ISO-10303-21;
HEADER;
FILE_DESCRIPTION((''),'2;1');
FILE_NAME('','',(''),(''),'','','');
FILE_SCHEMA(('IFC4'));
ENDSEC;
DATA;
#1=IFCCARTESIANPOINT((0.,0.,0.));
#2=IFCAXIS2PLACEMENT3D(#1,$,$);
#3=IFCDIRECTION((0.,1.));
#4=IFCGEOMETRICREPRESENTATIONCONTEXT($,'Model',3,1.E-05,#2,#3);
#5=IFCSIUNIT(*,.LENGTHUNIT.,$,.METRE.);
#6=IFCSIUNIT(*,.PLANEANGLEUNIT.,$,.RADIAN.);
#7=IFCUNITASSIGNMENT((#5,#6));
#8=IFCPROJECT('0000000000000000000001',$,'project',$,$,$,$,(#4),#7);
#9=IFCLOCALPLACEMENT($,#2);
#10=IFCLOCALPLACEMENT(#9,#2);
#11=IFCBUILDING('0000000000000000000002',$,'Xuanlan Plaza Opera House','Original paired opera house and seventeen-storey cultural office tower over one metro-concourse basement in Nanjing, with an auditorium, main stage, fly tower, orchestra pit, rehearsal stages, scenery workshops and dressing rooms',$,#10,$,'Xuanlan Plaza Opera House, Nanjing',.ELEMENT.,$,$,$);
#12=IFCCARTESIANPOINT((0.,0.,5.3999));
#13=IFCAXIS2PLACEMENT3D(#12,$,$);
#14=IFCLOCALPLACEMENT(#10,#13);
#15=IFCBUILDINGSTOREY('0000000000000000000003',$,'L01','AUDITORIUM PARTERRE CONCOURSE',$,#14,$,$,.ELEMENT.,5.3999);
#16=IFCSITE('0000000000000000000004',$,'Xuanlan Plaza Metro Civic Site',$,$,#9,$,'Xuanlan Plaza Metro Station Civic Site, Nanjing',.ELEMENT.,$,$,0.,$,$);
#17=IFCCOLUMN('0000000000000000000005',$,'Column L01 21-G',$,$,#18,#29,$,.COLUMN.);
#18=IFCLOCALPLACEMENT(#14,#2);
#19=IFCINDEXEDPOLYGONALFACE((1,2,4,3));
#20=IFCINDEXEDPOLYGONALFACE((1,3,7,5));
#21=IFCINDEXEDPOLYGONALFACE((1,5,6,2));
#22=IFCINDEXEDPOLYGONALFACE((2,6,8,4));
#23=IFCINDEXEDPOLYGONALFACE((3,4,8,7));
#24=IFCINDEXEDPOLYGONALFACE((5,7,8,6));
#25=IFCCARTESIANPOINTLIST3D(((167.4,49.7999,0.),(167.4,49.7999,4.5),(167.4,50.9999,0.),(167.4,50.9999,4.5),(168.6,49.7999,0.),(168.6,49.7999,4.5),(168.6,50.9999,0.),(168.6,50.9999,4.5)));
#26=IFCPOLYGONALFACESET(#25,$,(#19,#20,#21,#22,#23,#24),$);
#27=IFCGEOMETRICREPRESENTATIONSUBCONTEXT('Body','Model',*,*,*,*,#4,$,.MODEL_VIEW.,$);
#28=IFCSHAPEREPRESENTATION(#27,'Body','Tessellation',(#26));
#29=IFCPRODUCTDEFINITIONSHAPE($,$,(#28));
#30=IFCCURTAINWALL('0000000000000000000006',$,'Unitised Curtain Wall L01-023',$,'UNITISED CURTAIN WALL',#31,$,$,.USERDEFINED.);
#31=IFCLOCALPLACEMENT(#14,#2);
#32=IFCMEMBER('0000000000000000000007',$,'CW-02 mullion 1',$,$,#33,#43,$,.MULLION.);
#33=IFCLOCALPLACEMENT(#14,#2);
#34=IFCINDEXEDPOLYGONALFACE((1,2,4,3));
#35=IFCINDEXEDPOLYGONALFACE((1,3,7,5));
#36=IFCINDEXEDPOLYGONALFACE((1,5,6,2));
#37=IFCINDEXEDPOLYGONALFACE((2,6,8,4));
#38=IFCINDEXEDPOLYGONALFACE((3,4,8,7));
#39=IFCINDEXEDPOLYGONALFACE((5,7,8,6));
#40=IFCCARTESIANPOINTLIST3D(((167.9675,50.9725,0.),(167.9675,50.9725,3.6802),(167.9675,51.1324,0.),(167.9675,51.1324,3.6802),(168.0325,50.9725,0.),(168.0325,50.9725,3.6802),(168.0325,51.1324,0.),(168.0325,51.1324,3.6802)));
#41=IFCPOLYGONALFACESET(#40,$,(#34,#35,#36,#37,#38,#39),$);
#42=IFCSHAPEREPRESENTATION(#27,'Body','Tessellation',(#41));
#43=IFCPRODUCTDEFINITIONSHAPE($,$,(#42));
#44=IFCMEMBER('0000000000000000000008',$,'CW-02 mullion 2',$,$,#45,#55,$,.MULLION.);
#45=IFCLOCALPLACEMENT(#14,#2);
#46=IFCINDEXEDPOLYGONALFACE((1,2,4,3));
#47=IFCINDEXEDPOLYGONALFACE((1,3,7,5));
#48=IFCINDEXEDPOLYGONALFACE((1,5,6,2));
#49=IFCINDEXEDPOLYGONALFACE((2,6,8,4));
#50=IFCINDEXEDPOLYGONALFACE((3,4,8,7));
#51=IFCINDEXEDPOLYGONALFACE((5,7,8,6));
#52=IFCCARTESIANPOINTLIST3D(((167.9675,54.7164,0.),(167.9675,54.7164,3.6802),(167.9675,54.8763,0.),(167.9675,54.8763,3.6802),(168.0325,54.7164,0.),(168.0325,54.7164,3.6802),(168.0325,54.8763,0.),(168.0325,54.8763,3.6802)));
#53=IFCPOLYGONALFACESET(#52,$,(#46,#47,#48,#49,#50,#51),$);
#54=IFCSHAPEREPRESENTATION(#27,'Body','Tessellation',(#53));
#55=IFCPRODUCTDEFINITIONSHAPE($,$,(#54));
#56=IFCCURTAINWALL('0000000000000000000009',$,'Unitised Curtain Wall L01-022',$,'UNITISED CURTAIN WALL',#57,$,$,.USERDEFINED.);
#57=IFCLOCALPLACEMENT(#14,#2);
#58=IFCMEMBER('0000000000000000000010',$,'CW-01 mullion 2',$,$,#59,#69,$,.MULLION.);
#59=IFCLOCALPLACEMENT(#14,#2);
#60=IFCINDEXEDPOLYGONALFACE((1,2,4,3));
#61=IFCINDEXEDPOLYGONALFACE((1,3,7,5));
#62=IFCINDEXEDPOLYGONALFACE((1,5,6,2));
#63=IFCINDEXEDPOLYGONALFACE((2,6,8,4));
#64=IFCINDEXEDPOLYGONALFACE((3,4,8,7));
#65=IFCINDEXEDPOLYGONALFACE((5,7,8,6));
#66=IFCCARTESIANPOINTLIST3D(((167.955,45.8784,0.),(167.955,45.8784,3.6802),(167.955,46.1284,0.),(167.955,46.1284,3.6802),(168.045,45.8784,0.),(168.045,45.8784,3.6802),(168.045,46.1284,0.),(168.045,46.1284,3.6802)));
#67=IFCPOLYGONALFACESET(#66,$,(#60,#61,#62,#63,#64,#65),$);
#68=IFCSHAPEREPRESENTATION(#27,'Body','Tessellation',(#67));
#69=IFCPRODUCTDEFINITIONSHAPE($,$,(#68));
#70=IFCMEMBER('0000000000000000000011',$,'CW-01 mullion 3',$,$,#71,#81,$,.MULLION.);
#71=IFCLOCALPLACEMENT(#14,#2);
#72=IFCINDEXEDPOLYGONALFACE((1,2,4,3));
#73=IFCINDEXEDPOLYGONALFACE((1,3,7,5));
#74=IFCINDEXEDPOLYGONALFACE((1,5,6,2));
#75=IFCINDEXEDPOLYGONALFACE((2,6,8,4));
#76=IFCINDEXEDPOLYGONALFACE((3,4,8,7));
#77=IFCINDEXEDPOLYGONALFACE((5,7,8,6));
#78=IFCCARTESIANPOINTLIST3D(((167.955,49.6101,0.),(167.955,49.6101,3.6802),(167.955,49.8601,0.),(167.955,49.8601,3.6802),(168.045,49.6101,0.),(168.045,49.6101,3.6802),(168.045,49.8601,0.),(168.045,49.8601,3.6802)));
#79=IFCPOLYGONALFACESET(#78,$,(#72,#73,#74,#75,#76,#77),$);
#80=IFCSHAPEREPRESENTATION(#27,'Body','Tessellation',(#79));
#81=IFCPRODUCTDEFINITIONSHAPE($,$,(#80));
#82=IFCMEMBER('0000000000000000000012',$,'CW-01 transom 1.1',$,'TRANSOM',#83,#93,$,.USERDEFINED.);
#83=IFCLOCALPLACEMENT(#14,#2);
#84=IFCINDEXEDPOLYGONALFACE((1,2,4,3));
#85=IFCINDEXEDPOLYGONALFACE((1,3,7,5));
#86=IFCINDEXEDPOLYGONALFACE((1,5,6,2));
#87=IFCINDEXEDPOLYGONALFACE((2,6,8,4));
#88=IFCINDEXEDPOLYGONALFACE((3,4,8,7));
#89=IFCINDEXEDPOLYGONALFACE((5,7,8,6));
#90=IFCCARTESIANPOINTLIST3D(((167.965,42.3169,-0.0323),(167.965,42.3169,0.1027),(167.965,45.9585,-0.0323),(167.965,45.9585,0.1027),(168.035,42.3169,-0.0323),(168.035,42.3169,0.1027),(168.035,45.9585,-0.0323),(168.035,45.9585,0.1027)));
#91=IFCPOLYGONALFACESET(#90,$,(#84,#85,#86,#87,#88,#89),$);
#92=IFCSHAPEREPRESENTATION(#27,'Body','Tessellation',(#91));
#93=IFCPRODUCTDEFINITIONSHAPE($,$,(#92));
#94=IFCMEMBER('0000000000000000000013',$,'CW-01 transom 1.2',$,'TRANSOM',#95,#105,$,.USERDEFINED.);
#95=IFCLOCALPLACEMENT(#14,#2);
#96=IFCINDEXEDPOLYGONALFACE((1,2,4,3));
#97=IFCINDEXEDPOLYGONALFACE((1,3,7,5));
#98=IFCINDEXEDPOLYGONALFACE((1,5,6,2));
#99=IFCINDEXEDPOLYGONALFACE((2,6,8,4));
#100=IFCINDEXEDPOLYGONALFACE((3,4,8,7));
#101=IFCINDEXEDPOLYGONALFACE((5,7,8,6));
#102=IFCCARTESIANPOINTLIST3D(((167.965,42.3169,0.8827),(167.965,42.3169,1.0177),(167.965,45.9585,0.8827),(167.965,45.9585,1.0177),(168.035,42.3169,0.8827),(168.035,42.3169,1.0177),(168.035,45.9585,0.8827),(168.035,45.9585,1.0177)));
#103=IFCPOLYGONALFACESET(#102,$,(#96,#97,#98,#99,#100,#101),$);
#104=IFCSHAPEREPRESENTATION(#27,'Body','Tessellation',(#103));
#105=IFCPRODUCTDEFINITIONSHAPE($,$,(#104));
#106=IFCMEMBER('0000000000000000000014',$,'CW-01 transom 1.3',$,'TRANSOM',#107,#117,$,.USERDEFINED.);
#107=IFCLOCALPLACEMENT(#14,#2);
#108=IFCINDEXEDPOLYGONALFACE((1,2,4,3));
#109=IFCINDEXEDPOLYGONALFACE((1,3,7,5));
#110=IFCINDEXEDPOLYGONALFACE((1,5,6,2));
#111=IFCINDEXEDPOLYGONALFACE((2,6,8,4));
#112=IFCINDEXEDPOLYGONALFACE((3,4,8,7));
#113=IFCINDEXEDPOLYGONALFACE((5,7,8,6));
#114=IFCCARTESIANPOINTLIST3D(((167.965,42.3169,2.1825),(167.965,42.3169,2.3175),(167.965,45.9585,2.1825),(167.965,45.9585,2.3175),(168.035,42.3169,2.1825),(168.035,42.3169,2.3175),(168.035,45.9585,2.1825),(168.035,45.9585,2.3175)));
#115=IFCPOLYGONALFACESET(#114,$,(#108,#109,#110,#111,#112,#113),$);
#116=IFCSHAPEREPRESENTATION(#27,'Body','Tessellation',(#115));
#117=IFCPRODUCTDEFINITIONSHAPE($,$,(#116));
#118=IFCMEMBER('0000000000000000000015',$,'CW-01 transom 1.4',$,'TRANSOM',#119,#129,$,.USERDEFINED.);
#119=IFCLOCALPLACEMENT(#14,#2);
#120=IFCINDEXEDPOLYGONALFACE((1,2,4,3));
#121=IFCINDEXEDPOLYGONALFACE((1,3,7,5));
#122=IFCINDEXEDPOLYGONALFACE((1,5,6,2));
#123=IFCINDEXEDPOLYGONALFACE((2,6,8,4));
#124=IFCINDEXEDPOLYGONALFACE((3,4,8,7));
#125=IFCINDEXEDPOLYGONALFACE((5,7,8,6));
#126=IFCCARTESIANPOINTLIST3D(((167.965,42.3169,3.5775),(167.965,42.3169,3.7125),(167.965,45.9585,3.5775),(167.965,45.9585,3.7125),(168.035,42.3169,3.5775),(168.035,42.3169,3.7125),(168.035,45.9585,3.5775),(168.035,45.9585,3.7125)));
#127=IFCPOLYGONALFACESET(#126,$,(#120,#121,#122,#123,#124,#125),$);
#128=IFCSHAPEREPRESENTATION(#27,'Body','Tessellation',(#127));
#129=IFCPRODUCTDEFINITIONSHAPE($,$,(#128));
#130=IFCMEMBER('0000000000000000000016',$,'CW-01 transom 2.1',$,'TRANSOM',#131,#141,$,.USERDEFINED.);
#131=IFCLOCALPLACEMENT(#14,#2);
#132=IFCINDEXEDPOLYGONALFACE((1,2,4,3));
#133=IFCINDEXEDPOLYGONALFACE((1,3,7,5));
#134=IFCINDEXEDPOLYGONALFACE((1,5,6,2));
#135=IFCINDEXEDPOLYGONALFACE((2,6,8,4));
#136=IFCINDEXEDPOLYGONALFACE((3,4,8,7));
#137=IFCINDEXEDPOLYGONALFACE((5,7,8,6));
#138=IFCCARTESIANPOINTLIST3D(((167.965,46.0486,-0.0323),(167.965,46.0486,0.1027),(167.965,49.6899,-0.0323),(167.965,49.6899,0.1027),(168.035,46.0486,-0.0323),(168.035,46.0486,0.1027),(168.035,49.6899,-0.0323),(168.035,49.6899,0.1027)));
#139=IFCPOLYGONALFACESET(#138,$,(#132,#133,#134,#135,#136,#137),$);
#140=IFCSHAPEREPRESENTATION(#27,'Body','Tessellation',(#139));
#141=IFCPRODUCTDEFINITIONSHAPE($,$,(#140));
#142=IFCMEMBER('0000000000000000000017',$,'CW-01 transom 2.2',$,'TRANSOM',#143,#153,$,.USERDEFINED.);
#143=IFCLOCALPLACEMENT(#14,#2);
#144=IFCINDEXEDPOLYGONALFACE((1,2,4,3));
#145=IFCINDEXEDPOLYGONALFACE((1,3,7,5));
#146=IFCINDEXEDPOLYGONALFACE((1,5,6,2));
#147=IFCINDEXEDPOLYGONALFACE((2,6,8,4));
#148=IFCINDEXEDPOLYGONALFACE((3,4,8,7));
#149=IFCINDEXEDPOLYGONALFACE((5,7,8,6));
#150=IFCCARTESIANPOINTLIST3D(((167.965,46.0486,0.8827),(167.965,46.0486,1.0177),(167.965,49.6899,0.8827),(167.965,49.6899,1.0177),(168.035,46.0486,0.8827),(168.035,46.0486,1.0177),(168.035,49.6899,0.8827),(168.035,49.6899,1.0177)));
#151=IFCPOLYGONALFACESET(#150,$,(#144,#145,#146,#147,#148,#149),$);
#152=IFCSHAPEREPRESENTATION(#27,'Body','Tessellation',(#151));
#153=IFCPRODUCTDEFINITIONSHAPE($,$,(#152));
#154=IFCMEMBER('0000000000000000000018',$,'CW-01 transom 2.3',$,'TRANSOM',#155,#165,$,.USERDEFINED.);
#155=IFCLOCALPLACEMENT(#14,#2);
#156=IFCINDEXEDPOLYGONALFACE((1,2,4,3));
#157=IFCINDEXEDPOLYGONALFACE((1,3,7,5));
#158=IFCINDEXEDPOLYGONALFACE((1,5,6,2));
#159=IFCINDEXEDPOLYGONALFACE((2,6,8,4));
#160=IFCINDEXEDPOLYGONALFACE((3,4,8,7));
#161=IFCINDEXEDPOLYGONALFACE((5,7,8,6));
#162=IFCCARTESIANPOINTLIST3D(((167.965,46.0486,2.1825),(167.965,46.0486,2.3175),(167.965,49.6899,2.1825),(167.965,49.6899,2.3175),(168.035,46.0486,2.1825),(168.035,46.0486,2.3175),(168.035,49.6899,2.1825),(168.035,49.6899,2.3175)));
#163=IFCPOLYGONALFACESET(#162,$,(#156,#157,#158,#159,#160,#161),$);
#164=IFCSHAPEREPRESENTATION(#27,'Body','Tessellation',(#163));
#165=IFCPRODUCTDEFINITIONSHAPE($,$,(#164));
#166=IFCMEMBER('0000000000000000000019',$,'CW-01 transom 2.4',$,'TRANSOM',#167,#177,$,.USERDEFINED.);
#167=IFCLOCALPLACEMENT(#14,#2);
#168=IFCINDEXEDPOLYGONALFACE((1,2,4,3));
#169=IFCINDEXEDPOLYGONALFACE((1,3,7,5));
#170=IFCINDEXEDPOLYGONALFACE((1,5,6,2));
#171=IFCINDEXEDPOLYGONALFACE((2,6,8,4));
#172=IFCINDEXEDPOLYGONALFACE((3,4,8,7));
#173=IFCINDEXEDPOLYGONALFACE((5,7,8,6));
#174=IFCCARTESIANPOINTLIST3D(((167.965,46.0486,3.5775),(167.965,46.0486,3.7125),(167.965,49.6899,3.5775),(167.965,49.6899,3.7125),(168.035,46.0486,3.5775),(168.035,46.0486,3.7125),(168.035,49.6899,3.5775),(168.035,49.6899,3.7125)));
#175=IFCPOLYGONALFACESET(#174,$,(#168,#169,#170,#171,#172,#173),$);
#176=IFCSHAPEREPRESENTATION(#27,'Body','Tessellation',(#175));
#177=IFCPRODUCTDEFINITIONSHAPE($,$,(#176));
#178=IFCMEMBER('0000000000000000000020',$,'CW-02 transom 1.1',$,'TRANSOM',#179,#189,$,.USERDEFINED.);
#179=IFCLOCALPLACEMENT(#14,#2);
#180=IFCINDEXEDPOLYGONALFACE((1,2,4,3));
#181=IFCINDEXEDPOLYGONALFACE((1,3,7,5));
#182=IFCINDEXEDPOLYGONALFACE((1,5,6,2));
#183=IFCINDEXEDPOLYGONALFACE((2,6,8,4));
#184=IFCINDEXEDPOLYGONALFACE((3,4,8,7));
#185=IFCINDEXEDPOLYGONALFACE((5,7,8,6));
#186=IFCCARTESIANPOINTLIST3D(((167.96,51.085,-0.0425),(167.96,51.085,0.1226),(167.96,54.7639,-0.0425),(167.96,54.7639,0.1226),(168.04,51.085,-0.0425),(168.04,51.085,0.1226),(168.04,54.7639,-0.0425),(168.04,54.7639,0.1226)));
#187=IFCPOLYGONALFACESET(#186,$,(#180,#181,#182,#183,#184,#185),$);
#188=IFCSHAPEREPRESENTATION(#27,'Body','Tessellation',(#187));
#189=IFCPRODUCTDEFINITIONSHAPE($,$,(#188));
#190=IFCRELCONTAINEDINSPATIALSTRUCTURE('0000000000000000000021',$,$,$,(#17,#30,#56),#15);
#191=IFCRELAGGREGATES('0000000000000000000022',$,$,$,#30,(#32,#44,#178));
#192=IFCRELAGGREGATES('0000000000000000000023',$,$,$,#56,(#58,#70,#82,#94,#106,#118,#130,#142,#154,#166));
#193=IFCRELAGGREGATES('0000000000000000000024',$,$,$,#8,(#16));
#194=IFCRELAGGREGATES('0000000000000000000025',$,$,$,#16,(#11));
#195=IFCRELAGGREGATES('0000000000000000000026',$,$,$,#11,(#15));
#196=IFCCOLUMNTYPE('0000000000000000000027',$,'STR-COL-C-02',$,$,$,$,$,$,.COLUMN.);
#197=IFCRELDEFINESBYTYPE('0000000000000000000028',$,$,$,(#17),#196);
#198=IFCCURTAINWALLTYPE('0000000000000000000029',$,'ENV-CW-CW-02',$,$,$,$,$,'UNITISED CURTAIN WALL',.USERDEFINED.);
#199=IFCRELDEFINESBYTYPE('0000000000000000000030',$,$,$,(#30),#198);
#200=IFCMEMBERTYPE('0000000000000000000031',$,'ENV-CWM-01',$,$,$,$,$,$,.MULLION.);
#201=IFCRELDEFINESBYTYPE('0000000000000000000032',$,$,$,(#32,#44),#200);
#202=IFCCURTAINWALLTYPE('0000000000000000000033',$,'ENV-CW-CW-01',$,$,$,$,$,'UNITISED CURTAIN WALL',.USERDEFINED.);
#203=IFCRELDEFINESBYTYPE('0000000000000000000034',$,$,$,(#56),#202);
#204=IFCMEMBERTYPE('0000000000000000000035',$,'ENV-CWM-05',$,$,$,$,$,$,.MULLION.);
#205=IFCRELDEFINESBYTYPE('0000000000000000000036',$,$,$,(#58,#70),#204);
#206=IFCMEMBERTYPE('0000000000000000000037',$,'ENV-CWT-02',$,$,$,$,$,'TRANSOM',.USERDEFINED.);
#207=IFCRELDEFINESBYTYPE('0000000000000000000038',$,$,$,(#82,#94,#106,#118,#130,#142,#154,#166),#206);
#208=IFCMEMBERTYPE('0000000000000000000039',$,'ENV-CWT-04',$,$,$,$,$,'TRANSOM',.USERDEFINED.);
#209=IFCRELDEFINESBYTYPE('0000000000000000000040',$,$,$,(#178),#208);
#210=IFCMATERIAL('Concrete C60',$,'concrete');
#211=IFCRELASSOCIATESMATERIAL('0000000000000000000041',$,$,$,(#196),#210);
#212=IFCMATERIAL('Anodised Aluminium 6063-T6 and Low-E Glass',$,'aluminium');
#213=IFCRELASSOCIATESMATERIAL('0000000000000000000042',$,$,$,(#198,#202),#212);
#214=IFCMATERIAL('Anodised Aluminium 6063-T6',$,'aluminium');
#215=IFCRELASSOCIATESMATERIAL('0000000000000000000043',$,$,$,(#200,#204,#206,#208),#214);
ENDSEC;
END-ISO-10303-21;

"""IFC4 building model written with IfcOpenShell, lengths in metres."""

from ifc_helpers import new_model, si_unit, direction, frame, origin, origin_2d, place, context, subcontext, project, spatial, rectangle, extrude, material, material_profile, profile_set, type_object, element, aggregate, save


model = new_model("IFC4")

# Units and contexts
model_context = context("Model", 3, precision=1e-05, world=origin(), true_north=direction((0.0, 1.0)))
body_context = subcontext(model_context, "Body", "Model", "MODEL_VIEW")
ifc_project = project(units=[si_unit("LENGTHUNIT", "METRE"), si_unit("PLANEANGLEUNIT", "RADIAN")], contexts=[model_context])

# Site, building, storey
site_placement = place(None, origin())
site = spatial("IfcSite", under=ifc_project, at=site_placement, Name="Xuanlan Plaza Metro Civic Site", LongName="Xuanlan Plaza Metro Station Civic Site, Nanjing", CompositionType="ELEMENT", RefElevation=0.0)
building_placement = place(site_placement, origin())
building = spatial("IfcBuilding", under=site, at=building_placement, Name="Xuanlan Plaza Opera House", Description="Original paired opera house and seventeen-storey cultural office tower over one metro-concourse basement in Nanjing, with an auditorium, main stage, fly tower, orchestra pit, rehearsal stages, scenery workshops and dressing rooms", LongName="Xuanlan Plaza Opera House, Nanjing", CompositionType="ELEMENT")
storey_placement = place(building_placement, frame((0.0, 0.0, 5.3999)))
storey = spatial("IfcBuildingStorey", under=building, at=storey_placement, Name="L01", Description="AUDITORIUM PARTERRE CONCOURSE", CompositionType="ELEMENT", Elevation=5.3999)

# Column
ifc_material_1 = material(Name="Concrete C60", Category="concrete")
ifc_material_profile_1 = material_profile(ifc_material_1, rectangle(XDim=1.2, YDim=1.2, at=origin_2d()), Name="RC-COL 1200x1200")
ifc_profile_set_1 = profile_set([ifc_material_profile_1], Name="Concrete C60")
column_type = type_object("IfcColumnType", Name="STR-COL-C-02", PredefinedType="COLUMN", material=ifc_profile_set_1)
column_placement = place(storey_placement, frame((168.0, 50.3999, 0.0), z_axis=(0.0, 0.0, 1.0), x_axis=(1.0, 0.0, 0.0)))
element("IfcColumn", 1, at=column_placement, inside=storey, type_object=column_type, Name="Column L01 21-G", PredefinedType="COLUMN", context=body_context, shape_type="SweptSolid", body=[
    extrude(rectangle(XDim=1.2, YDim=1.2, at=origin_2d()), origin(), (0.0, 0.0, 1.0), 4.5),
])

# Curtain walls, members
ifc_material_2 = material(Name="Anodised Aluminium 6063-T6 and Low-E Glass", Category="aluminium")
curtain_wall_type_1 = type_object("IfcCurtainWallType", Name="ENV-CW-CW-02", ElementType="UNITISED CURTAIN WALL", PredefinedType="USERDEFINED", material=ifc_material_2)
curtain_wall_1_placement = place(storey_placement, origin())
curtain_wall_1 = element("IfcCurtainWall", 2, at=curtain_wall_1_placement, inside=storey, type_object=curtain_wall_type_1, Name="Unitised Curtain Wall L01-023", ObjectType="UNITISED CURTAIN WALL", PredefinedType="USERDEFINED")
ifc_material_3 = material(Name="Anodised Aluminium 6063-T6", Category="aluminium")
ifc_material_profile_2 = material_profile(ifc_material_3, rectangle(XDim=0.0649, YDim=0.1599, at=origin_2d()), Name="ALU-M 65x160")
ifc_profile_set_2 = profile_set([ifc_material_profile_2], Name="Anodised Aluminium 6063-T6")
member_type_1 = type_object("IfcMemberType", Name="ENV-CWM-01", PredefinedType="MULLION", material=ifc_profile_set_2)
member_1_placement = place(storey_placement, frame((168.0, 51.0525, 0.0), z_axis=(0.0, 0.0, 1.0), x_axis=(-1.0, 0.0, 0.0)))
member_1 = element("IfcMember", 3, at=member_1_placement, type_object=member_type_1, Name="CW-02 mullion 1", PredefinedType="MULLION", context=body_context, shape_type="SweptSolid", body=[
    extrude(rectangle(XDim=0.0649, YDim=0.1599, at=origin_2d()), origin(), (0.0, 0.0, 1.0), 3.6802),
])
member_2_placement = place(storey_placement, frame((168.0, 54.7964, 0.0), z_axis=(0.0, 0.0, 1.0), x_axis=(-1.0, 0.0, 0.0)))
member_2 = element("IfcMember", 4, at=member_2_placement, type_object=member_type_1, Name="CW-02 mullion 2", PredefinedType="MULLION", context=body_context, shape_type="SweptSolid", body=[
    extrude(rectangle(XDim=0.0649, YDim=0.1599, at=origin_2d()), origin(), (0.0, 0.0, 1.0), 3.6802),
])
curtain_wall_type_2 = type_object("IfcCurtainWallType", Name="ENV-CW-CW-01", ElementType="UNITISED CURTAIN WALL", PredefinedType="USERDEFINED", material=ifc_material_2)
curtain_wall_2_placement = place(storey_placement, origin())
curtain_wall_2 = element("IfcCurtainWall", 5, at=curtain_wall_2_placement, inside=storey, type_object=curtain_wall_type_2, Name="Unitised Curtain Wall L01-022", ObjectType="UNITISED CURTAIN WALL", PredefinedType="USERDEFINED")
ifc_material_profile_3 = material_profile(ifc_material_3, rectangle(XDim=0.0901, YDim=0.25, at=origin_2d()), Name="ALU-M 90x250")
ifc_profile_set_3 = profile_set([ifc_material_profile_3], Name="Anodised Aluminium 6063-T6")
member_type_2 = type_object("IfcMemberType", Name="ENV-CWM-05", PredefinedType="MULLION", material=ifc_profile_set_3)
member_3_placement = place(storey_placement, frame((168.0, 46.0034, 0.0), z_axis=(0.0, 0.0, 1.0), x_axis=(-1.0, 0.0, 0.0)))
member_3 = element("IfcMember", 6, at=member_3_placement, type_object=member_type_2, Name="CW-01 mullion 2", PredefinedType="MULLION", context=body_context, shape_type="SweptSolid", body=[
    extrude(rectangle(XDim=0.0901, YDim=0.25, at=origin_2d()), origin(), (0.0, 0.0, 1.0), 3.6802),
])
member_4_placement = place(storey_placement, frame((168.0, 49.7351, 0.0), z_axis=(0.0, 0.0, 1.0), x_axis=(-1.0, 0.0, 0.0)))
member_4 = element("IfcMember", 7, at=member_4_placement, type_object=member_type_2, Name="CW-01 mullion 3", PredefinedType="MULLION", context=body_context, shape_type="SweptSolid", body=[
    extrude(rectangle(XDim=0.0901, YDim=0.25, at=origin_2d()), origin(), (0.0, 0.0, 1.0), 3.6802),
])
ifc_material_profile_4 = material_profile(ifc_material_3, rectangle(XDim=0.0701, YDim=0.135, at=origin_2d()), Name="ALU-T 70x135")
ifc_profile_set_4 = profile_set([ifc_material_profile_4], Name="Anodised Aluminium 6063-T6")
member_type_3 = type_object("IfcMemberType", Name="ENV-CWT-02", ElementType="TRANSOM", PredefinedType="USERDEFINED", material=ifc_profile_set_4)
member_5_placement = place(storey_placement, frame((168.0, 42.3169, 0.0352), z_axis=(0.0, 1.0, 0.0), x_axis=(-1.0, 0.0, 0.0)))
member_5 = element("IfcMember", 8, at=member_5_placement, type_object=member_type_3, Name="CW-01 transom 1.1", ObjectType="TRANSOM", PredefinedType="USERDEFINED", context=body_context, shape_type="SweptSolid", body=[
    extrude(rectangle(XDim=0.0701, YDim=0.135, at=origin_2d()), origin(), (0.0, 0.0, 1.0), 3.6416),
])
member_6_placement = place(storey_placement, frame((168.0, 42.3169, 0.9502), z_axis=(0.0, 1.0, 0.0), x_axis=(-1.0, 0.0, 0.0)))
member_6 = element("IfcMember", 9, at=member_6_placement, type_object=member_type_3, Name="CW-01 transom 1.2", ObjectType="TRANSOM", PredefinedType="USERDEFINED", context=body_context, shape_type="SweptSolid", body=[
    extrude(rectangle(XDim=0.0701, YDim=0.135, at=origin_2d()), origin(), (0.0, 0.0, 1.0), 3.6416),
])
member_7_placement = place(storey_placement, frame((168.0, 42.3169, 2.25), z_axis=(0.0, 1.0, 0.0), x_axis=(-1.0, 0.0, 0.0)))
member_7 = element("IfcMember", 10, at=member_7_placement, type_object=member_type_3, Name="CW-01 transom 1.3", ObjectType="TRANSOM", PredefinedType="USERDEFINED", context=body_context, shape_type="SweptSolid", body=[
    extrude(rectangle(XDim=0.0701, YDim=0.135, at=origin_2d()), origin(), (0.0, 0.0, 1.0), 3.6416),
])
member_8_placement = place(storey_placement, frame((168.0, 42.3169, 3.645), z_axis=(0.0, 1.0, 0.0), x_axis=(-1.0, 0.0, 0.0)))
member_8 = element("IfcMember", 11, at=member_8_placement, type_object=member_type_3, Name="CW-01 transom 1.4", ObjectType="TRANSOM", PredefinedType="USERDEFINED", context=body_context, shape_type="SweptSolid", body=[
    extrude(rectangle(XDim=0.0701, YDim=0.135, at=origin_2d()), origin(), (0.0, 0.0, 1.0), 3.6416),
])
member_9_placement = place(storey_placement, frame((168.0, 46.0486, 0.0352), z_axis=(0.0, 1.0, 0.0), x_axis=(-1.0, 0.0, 0.0)))
member_9 = element("IfcMember", 12, at=member_9_placement, type_object=member_type_3, Name="CW-01 transom 2.1", ObjectType="TRANSOM", PredefinedType="USERDEFINED", context=body_context, shape_type="SweptSolid", body=[
    extrude(rectangle(XDim=0.0701, YDim=0.135, at=origin_2d()), origin(), (0.0, 0.0, 1.0), 3.6414),
])
member_10_placement = place(storey_placement, frame((168.0, 46.0486, 0.9502), z_axis=(0.0, 1.0, 0.0), x_axis=(-1.0, 0.0, 0.0)))
member_10 = element("IfcMember", 13, at=member_10_placement, type_object=member_type_3, Name="CW-01 transom 2.2", ObjectType="TRANSOM", PredefinedType="USERDEFINED", context=body_context, shape_type="SweptSolid", body=[
    extrude(rectangle(XDim=0.0701, YDim=0.135, at=origin_2d()), origin(), (0.0, 0.0, 1.0), 3.6414),
])
member_11_placement = place(storey_placement, frame((168.0, 46.0486, 2.25), z_axis=(0.0, 1.0, 0.0), x_axis=(-1.0, 0.0, 0.0)))
member_11 = element("IfcMember", 14, at=member_11_placement, type_object=member_type_3, Name="CW-01 transom 2.3", ObjectType="TRANSOM", PredefinedType="USERDEFINED", context=body_context, shape_type="SweptSolid", body=[
    extrude(rectangle(XDim=0.0701, YDim=0.135, at=origin_2d()), origin(), (0.0, 0.0, 1.0), 3.6414),
])
member_12_placement = place(storey_placement, frame((168.0, 46.0486, 3.645), z_axis=(0.0, 1.0, 0.0), x_axis=(-1.0, 0.0, 0.0)))
member_12 = element("IfcMember", 15, at=member_12_placement, type_object=member_type_3, Name="CW-01 transom 2.4", ObjectType="TRANSOM", PredefinedType="USERDEFINED", context=body_context, shape_type="SweptSolid", body=[
    extrude(rectangle(XDim=0.0701, YDim=0.135, at=origin_2d()), origin(), (0.0, 0.0, 1.0), 3.6414),
])

# Member
ifc_material_profile_5 = material_profile(ifc_material_3, rectangle(XDim=0.0801, YDim=0.165, at=origin_2d()), Name="ALU-T 80x165")
ifc_profile_set_5 = profile_set([ifc_material_profile_5], Name="Anodised Aluminium 6063-T6")
member_type_4 = type_object("IfcMemberType", Name="ENV-CWT-04", ElementType="TRANSOM", PredefinedType="USERDEFINED", material=ifc_profile_set_5)
member_13_placement = place(storey_placement, frame((168.0, 51.085, 0.04), z_axis=(0.0, 1.0, 0.0), x_axis=(-1.0, 0.0, 0.0)))
member_13 = element("IfcMember", 16, at=member_13_placement, type_object=member_type_4, Name="CW-02 transom 1.1", ObjectType="TRANSOM", PredefinedType="USERDEFINED", context=body_context, shape_type="SweptSolid", body=[
    extrude(rectangle(XDim=0.0801, YDim=0.165, at=origin_2d()), origin(), (0.0, 0.0, 1.0), 3.679),
])

aggregate(curtain_wall_1, [member_1, member_2, member_13])
aggregate(curtain_wall_2, [member_3, member_4, member_5, member_6, member_7, member_8, member_9, member_10, member_11, member_12])

save(model, "model.ifc")
